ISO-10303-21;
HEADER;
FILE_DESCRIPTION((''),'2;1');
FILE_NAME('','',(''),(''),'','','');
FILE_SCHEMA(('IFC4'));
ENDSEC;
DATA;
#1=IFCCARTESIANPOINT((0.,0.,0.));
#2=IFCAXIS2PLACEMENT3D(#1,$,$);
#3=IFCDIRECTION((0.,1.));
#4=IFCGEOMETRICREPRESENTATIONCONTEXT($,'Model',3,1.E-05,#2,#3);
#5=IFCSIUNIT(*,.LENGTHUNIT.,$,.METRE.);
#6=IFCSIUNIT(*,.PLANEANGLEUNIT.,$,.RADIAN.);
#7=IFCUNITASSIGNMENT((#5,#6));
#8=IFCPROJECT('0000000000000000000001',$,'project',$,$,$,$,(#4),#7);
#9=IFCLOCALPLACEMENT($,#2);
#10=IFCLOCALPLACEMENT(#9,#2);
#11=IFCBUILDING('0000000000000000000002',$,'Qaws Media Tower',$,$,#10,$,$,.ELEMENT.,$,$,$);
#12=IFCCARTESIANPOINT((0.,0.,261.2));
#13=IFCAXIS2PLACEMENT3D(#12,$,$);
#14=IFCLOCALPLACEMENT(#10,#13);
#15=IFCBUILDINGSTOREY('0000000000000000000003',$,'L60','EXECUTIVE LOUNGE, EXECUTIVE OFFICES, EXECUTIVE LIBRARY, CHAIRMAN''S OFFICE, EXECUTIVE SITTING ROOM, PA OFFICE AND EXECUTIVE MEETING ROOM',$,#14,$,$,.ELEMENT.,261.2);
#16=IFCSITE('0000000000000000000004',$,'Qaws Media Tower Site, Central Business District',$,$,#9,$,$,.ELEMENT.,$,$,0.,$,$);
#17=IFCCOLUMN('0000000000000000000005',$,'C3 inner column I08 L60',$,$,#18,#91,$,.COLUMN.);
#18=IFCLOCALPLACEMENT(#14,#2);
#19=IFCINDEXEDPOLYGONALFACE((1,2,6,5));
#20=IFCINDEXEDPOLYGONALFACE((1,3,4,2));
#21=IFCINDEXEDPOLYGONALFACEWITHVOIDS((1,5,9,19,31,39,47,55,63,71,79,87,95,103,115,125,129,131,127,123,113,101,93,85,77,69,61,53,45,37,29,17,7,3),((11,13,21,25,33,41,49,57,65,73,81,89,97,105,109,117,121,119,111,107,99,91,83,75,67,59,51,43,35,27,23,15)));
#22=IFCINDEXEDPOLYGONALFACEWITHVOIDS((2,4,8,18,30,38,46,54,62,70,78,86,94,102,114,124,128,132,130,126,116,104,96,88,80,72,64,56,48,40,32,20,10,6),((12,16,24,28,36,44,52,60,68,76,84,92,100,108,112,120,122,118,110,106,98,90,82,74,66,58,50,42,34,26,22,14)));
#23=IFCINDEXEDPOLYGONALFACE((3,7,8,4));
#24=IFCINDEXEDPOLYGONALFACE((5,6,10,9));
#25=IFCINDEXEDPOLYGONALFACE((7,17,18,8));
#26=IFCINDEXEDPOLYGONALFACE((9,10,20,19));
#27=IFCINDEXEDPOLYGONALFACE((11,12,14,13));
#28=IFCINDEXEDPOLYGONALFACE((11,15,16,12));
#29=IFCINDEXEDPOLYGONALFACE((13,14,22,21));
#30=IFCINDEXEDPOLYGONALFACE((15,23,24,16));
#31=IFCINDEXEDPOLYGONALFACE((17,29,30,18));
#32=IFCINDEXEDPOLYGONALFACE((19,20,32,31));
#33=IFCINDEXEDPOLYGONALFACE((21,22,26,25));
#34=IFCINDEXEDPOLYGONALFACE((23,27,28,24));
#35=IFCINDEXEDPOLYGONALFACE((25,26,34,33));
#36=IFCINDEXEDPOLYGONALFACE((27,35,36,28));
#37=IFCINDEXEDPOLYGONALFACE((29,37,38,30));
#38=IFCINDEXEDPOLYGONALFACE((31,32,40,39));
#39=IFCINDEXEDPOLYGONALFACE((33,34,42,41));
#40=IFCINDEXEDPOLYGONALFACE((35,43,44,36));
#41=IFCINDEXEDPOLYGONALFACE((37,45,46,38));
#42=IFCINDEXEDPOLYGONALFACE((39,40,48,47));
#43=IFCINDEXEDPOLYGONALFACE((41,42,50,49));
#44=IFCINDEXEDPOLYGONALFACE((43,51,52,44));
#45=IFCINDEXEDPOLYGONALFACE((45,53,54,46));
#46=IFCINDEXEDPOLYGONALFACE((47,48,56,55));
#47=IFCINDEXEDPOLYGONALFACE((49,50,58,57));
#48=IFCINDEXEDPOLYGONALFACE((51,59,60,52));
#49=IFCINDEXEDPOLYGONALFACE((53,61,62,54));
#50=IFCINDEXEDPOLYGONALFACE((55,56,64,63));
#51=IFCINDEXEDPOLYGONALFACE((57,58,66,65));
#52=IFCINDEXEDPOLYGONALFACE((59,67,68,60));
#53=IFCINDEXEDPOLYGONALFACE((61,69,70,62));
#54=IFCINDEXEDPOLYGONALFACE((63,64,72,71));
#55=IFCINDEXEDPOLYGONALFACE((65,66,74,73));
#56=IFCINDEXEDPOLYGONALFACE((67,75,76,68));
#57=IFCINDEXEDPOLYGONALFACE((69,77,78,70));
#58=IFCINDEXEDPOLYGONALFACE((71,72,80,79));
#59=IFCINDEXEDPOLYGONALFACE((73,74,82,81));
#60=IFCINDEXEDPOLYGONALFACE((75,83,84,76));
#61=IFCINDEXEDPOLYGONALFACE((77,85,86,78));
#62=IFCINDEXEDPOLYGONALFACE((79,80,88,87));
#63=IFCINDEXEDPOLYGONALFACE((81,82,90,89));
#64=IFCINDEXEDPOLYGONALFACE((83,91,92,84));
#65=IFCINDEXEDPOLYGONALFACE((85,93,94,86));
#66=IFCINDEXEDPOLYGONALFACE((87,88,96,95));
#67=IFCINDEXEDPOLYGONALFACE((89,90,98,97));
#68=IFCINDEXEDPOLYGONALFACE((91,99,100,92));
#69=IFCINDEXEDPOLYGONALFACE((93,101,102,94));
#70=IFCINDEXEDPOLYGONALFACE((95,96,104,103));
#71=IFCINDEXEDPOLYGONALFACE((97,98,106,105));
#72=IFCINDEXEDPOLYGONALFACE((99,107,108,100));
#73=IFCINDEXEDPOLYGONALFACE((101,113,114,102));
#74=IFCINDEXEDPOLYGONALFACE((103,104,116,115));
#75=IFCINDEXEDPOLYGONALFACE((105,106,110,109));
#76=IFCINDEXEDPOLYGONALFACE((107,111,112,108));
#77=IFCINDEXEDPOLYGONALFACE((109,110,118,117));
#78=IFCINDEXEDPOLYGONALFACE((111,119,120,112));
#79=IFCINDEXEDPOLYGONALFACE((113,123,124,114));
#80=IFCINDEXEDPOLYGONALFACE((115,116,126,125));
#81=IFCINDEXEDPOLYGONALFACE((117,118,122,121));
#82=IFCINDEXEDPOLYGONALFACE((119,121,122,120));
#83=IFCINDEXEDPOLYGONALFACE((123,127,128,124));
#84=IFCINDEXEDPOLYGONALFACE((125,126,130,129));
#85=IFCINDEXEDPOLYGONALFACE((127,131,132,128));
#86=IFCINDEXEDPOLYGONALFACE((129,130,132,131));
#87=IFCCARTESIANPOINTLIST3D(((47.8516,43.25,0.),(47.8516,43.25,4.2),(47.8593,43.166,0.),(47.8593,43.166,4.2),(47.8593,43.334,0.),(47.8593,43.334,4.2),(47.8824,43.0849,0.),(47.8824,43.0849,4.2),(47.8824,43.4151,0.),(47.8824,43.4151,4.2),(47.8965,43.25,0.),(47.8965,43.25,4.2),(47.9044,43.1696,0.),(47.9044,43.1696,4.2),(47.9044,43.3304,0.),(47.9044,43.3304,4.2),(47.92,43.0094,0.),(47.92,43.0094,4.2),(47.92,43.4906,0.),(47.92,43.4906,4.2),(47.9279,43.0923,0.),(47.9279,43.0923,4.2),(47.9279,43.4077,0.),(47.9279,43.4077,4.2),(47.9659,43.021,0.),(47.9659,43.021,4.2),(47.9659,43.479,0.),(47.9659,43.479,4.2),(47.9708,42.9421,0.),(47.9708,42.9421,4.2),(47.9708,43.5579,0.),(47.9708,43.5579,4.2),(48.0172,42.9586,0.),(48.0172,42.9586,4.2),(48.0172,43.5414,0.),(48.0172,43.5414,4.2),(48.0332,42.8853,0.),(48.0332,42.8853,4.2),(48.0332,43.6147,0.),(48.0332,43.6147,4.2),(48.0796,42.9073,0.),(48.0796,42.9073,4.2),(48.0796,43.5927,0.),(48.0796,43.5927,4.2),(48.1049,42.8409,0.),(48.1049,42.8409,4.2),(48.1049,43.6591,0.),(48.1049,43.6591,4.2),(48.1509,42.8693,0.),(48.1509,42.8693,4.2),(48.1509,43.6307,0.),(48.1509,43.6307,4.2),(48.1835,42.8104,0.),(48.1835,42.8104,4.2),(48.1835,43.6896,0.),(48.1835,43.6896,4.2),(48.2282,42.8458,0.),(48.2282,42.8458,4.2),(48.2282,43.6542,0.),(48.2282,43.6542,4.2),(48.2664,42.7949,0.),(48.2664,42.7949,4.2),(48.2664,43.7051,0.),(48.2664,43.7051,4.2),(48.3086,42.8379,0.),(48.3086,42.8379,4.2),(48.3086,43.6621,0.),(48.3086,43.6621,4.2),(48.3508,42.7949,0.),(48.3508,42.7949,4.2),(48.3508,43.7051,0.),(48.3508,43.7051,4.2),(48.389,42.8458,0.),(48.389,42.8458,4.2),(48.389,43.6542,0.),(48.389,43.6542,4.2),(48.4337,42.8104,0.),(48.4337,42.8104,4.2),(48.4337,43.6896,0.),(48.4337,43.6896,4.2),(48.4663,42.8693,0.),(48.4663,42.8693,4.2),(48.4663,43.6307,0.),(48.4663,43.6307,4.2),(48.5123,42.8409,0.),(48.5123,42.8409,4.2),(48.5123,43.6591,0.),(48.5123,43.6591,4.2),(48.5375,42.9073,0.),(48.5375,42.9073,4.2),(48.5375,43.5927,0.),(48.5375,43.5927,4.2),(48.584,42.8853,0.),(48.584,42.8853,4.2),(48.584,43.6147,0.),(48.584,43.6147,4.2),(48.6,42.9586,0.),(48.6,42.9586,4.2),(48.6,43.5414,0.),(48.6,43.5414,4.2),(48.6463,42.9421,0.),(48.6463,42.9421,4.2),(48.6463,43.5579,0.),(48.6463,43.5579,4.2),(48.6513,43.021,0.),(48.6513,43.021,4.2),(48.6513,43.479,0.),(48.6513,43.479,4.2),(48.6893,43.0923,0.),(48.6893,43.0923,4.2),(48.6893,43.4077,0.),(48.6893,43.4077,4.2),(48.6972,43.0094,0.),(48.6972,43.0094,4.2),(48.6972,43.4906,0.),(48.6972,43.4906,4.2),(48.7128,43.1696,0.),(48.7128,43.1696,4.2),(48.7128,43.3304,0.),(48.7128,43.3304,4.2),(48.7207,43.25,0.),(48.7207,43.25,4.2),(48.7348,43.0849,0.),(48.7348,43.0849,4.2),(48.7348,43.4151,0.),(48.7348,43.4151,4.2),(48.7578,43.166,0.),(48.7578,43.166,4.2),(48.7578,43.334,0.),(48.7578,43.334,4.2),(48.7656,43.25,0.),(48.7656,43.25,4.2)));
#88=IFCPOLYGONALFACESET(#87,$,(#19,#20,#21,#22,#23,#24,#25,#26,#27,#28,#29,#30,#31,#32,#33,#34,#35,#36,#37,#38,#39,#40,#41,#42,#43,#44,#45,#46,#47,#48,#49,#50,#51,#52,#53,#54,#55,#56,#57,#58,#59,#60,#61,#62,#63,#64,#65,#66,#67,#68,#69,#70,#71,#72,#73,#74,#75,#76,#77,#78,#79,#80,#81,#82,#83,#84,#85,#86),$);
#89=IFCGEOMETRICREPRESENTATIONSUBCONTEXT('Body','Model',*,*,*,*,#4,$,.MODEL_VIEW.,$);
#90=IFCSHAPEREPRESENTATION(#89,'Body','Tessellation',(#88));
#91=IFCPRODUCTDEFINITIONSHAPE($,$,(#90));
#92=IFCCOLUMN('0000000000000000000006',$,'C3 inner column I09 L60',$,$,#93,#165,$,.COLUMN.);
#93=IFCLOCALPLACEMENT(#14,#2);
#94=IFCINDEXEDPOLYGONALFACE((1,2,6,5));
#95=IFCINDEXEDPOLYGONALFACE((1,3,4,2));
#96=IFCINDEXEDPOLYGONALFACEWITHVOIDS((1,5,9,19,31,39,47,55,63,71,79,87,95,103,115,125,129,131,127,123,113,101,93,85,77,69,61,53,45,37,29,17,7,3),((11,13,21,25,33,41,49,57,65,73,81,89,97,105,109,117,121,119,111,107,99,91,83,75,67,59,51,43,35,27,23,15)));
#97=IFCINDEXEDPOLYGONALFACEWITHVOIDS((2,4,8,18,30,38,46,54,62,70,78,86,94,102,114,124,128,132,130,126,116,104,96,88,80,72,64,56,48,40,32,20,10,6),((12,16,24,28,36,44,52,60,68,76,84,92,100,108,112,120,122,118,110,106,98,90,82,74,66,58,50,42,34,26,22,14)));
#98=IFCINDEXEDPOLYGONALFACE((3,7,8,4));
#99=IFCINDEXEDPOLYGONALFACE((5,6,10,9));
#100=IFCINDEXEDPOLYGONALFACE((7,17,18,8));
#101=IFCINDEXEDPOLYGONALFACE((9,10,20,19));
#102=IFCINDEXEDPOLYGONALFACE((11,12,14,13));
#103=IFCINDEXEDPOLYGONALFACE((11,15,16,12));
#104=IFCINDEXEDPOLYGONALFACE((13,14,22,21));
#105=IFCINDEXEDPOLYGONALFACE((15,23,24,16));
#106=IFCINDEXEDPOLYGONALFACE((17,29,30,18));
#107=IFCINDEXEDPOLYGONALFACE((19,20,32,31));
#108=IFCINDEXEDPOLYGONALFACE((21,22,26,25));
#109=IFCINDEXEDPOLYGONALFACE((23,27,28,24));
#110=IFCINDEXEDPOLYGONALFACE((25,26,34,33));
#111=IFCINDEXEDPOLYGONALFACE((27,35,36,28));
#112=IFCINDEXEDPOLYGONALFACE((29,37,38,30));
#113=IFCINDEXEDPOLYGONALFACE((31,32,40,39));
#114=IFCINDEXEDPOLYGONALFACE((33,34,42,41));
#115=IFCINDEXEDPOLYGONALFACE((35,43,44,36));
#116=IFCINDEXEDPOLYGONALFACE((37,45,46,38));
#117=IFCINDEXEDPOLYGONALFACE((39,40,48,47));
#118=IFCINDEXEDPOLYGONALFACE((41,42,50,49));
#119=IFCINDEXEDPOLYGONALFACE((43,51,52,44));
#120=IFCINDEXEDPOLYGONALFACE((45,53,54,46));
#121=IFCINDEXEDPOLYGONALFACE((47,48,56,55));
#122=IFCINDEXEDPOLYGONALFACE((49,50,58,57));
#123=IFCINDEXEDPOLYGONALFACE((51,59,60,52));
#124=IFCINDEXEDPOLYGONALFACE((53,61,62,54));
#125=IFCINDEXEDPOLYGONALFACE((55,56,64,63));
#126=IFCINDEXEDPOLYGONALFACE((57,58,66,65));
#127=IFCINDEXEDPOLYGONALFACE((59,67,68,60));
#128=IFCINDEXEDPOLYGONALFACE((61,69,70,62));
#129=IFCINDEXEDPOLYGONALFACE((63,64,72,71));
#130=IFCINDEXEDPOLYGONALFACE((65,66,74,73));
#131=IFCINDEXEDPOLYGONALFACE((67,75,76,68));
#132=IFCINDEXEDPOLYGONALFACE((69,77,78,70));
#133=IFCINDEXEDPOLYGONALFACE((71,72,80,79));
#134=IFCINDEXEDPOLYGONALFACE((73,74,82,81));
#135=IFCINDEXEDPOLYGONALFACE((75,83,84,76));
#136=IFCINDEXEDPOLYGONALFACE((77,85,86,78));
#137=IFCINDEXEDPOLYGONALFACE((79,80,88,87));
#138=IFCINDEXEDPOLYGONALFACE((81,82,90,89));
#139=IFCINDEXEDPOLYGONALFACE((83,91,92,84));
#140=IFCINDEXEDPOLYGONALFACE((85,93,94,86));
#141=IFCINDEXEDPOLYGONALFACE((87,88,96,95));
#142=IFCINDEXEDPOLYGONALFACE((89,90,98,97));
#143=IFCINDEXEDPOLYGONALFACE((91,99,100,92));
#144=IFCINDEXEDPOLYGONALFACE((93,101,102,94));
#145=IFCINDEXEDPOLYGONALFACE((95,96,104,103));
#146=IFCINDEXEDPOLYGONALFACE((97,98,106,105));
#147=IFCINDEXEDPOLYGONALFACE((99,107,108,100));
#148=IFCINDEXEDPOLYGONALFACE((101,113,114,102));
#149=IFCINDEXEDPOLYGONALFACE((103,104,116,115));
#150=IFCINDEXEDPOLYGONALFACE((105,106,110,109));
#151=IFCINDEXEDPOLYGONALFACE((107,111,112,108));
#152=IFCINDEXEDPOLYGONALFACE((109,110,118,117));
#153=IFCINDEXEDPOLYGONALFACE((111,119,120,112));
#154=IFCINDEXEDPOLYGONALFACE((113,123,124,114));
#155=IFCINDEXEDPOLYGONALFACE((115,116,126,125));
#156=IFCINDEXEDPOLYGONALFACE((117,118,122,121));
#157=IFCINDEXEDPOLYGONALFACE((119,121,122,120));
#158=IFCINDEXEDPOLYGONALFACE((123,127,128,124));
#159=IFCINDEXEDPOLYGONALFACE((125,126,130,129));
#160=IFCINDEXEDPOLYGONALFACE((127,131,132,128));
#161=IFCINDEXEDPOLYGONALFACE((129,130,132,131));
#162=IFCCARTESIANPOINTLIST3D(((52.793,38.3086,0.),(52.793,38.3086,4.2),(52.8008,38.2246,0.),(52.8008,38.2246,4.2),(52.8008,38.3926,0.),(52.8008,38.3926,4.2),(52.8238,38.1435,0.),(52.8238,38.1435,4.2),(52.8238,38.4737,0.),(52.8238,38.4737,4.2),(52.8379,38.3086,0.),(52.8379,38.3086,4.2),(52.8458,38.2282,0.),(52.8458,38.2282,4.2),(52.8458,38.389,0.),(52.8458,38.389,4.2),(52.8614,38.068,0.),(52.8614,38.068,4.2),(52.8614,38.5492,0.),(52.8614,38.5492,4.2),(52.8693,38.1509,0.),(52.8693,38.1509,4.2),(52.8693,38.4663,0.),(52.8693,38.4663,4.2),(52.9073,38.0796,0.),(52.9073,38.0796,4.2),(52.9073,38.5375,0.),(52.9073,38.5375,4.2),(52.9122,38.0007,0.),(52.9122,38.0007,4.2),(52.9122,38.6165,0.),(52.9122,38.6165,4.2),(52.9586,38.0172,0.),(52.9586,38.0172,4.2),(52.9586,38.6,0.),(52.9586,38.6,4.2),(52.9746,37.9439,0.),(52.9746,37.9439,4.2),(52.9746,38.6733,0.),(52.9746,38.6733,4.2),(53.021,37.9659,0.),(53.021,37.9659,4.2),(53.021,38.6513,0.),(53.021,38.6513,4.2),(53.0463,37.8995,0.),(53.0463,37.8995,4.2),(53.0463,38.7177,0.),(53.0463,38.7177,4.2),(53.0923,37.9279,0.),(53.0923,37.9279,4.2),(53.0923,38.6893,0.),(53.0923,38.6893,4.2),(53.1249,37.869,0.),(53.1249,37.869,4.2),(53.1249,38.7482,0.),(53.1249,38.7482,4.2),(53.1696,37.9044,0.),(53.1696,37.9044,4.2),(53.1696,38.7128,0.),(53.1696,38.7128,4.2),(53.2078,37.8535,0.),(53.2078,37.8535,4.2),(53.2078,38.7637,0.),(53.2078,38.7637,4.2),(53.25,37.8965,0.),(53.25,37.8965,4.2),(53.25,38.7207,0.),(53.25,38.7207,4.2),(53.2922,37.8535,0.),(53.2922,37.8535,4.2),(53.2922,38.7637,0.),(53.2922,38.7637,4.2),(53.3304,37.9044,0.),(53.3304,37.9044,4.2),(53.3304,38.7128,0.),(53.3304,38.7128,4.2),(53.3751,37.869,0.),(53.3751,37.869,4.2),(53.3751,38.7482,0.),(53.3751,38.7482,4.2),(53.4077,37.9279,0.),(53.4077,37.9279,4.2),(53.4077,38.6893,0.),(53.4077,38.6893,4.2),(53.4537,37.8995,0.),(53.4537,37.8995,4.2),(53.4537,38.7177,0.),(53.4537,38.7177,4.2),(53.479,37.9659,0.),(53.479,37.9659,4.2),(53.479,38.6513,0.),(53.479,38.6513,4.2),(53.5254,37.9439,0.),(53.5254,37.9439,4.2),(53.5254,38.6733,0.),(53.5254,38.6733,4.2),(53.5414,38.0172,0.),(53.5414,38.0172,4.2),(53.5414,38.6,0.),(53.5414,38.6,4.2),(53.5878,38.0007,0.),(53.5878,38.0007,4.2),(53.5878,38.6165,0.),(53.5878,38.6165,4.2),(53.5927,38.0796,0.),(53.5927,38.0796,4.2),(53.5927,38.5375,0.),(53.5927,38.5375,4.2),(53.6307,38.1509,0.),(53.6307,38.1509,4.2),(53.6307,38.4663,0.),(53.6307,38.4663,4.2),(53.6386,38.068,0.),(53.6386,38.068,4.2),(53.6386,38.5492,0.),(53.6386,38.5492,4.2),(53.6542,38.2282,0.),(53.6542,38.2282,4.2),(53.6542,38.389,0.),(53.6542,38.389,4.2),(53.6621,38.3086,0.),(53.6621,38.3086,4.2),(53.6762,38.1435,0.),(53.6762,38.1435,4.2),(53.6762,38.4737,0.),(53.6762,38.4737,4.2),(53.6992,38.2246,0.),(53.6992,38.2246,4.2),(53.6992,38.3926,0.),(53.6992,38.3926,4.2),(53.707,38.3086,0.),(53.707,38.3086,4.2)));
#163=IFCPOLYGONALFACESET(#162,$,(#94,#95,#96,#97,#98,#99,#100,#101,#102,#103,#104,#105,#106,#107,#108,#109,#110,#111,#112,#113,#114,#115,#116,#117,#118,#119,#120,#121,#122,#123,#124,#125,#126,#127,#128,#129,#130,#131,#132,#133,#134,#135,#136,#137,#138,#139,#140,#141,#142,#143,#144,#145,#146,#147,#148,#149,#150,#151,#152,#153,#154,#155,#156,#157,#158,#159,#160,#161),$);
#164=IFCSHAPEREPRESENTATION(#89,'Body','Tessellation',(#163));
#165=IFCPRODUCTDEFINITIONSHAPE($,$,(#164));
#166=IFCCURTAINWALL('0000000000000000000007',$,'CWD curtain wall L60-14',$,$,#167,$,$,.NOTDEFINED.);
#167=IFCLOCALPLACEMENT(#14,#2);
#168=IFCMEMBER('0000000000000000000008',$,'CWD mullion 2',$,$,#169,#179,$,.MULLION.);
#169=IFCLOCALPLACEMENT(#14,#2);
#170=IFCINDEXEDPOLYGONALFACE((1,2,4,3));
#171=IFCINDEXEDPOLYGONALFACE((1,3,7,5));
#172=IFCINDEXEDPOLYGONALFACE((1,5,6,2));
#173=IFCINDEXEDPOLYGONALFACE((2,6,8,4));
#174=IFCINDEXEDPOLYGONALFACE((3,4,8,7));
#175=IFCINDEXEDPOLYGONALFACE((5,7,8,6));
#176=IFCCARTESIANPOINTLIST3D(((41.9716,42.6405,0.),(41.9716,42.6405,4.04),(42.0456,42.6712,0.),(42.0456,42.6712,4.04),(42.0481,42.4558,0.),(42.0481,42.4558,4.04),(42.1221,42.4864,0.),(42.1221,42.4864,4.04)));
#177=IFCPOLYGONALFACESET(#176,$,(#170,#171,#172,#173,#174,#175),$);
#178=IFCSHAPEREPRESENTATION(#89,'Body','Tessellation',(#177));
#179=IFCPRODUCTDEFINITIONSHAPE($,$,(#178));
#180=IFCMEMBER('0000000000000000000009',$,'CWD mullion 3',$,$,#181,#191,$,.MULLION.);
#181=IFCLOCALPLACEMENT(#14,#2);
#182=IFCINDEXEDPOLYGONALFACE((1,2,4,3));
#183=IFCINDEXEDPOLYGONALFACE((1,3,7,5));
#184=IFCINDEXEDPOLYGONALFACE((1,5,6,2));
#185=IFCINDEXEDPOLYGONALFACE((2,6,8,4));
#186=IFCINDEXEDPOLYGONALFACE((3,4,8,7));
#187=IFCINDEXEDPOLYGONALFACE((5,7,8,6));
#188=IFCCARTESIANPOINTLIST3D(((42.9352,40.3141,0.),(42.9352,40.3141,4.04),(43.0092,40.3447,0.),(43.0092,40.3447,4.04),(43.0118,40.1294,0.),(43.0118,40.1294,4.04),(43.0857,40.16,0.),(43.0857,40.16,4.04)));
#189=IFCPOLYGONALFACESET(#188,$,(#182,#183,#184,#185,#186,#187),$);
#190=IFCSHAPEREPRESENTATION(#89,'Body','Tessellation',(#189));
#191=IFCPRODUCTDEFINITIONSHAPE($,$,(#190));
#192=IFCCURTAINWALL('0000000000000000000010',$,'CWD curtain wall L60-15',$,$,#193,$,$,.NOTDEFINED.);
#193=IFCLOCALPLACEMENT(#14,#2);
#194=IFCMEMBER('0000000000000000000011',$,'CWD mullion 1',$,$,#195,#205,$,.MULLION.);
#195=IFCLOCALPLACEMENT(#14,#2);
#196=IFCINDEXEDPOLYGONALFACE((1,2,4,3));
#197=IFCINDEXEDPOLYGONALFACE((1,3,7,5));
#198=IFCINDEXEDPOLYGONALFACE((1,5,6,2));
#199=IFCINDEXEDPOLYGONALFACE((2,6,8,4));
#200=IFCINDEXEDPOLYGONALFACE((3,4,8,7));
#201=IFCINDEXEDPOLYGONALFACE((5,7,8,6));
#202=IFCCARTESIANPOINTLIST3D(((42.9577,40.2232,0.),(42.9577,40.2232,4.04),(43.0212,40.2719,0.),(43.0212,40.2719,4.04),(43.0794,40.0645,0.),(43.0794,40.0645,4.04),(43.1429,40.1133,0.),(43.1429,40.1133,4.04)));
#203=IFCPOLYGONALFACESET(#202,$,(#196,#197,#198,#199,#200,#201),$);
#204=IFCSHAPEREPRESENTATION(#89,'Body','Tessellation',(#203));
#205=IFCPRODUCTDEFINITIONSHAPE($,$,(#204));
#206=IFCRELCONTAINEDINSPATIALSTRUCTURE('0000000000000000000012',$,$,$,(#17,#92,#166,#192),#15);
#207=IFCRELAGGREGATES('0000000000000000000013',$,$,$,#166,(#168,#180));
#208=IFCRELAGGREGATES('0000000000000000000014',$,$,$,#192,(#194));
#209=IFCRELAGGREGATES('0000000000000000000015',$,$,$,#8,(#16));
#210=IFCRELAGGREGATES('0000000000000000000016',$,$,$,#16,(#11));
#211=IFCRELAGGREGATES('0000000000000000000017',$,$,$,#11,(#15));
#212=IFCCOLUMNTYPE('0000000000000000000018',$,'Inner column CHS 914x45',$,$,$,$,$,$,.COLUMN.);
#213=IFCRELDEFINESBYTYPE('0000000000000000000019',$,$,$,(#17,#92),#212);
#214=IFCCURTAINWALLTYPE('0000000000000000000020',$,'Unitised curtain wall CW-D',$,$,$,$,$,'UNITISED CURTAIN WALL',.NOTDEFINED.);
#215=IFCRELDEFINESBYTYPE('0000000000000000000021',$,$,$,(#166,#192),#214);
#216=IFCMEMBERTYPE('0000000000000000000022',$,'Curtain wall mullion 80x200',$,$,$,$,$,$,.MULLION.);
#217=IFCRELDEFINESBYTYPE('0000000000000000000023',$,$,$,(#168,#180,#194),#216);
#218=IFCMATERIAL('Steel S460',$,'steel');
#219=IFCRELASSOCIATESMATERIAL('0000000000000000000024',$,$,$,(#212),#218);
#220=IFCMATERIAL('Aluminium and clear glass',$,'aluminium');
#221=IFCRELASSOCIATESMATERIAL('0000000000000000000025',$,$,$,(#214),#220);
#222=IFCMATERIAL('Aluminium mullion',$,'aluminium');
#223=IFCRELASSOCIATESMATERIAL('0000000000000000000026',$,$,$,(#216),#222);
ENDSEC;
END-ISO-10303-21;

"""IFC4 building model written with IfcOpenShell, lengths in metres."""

from ifc_helpers import new_model, si_unit, direction, frame, origin, origin_2d, place, context, subcontext, project, spatial, rectangle, hollow_circle, extrude, material, material_profile, profile_set, type_object, element, aggregate, save


model = new_model("IFC4")

# Units and contexts
model_context = context("Model", 3, precision=1e-05, world=origin(), true_north=direction((0.0, 1.0)))
body_context = subcontext(model_context, "Body", "Model", "MODEL_VIEW")
ifc_project = project(units=[si_unit("LENGTHUNIT", "METRE"), si_unit("PLANEANGLEUNIT", "RADIAN")], contexts=[model_context])

# Site, building, storey
site_placement = place(None, origin())
site = spatial("IfcSite", under=ifc_project, at=site_placement, Name="Qaws Media Tower Site, Central Business District", CompositionType="ELEMENT", RefElevation=0.0)
building_placement = place(site_placement, origin())
building = spatial("IfcBuilding", under=site, at=building_placement, Name="Qaws Media Tower", CompositionType="ELEMENT")
storey_placement = place(building_placement, frame((0.0, 0.0, 261.2)))
storey = spatial("IfcBuildingStorey", under=building, at=storey_placement, Name="L60", Description="EXECUTIVE LOUNGE, EXECUTIVE OFFICES, EXECUTIVE LIBRARY, CHAIRMAN'S OFFICE, EXECUTIVE SITTING ROOM, PA OFFICE AND EXECUTIVE MEETING ROOM", CompositionType="ELEMENT", Elevation=261.2)

# Columns
ifc_material_1 = material(Name="Steel S460", Category="steel")
ifc_material_profile_1 = material_profile(ifc_material_1, hollow_circle(Radius=0.457, WallThickness=0.0449, at=origin_2d()), Name="CHS 914x45")
ifc_profile_set_1 = profile_set([ifc_material_profile_1], Name="Steel S460")
column_type = type_object("IfcColumnType", Name="Inner column CHS 914x45", PredefinedType="COLUMN", material=ifc_profile_set_1)
for number, where, z_axis, x_axis, name in (
    (1, (48.3086, 43.25, 0.0), (0.0, 0.0, 1.0), (1.0, 0.0, 0.0), "C3 inner column I08 L60"),
    (2, (53.25, 38.3086, 0.0), (0.0, 0.0, 1.0), (1.0, 0.0, 0.0), "C3 inner column I09 L60"),
):
    element("IfcColumn", number, at=place(storey_placement, frame(where, z_axis=z_axis, x_axis=x_axis)), inside=storey, type_object=column_type, Name=name, PredefinedType="COLUMN", context=body_context, shape_type="SweptSolid", body=[
        extrude(hollow_circle(Radius=0.457, WallThickness=0.0449, at=origin_2d()), origin(), (0.0, 0.0, 1.0), 4.2),
    ])

# Curtain walls, members
ifc_material_2 = material(Name="Aluminium and clear glass", Category="aluminium")
curtain_wall_type = type_object("IfcCurtainWallType", Name="Unitised curtain wall CW-D", ElementType="UNITISED CURTAIN WALL", PredefinedType="NOTDEFINED", material=ifc_material_2)
curtain_wall_1_placement = place(storey_placement, origin())
curtain_wall_1 = element("IfcCurtainWall", 3, at=curtain_wall_1_placement, inside=storey, type_object=curtain_wall_type, Name="CWD curtain wall L60-14", PredefinedType="NOTDEFINED")
ifc_material_3 = material(Name="Aluminium mullion", Category="aluminium")
ifc_material_profile_2 = material_profile(ifc_material_3, rectangle(XDim=0.0801, YDim=0.2, at=origin_2d()), Name="80x200")
ifc_profile_set_2 = profile_set([ifc_material_profile_2], Name="Aluminium mullion")
member_type_1 = type_object("IfcMemberType", Name="Curtain wall mullion 80x200", PredefinedType="MULLION", material=ifc_profile_set_2)
member_1_placement = place(storey_placement, frame((42.0469, 42.5635, 0.0), z_axis=(0.0, 0.0, 1.0), x_axis=(0.92388, 0.382683, 0.0)))
member_1 = element("IfcMember", 4, at=member_1_placement, type_object=member_type_1, Name="CWD mullion 2", PredefinedType="MULLION", context=body_context, shape_type="SweptSolid", body=[
    extrude(rectangle(XDim=0.0801, YDim=0.2, at=origin_2d()), origin(), (0.0, 0.0, 1.0), 4.04),
])
member_2_placement = place(storey_placement, frame((43.0105, 40.2371, 0.0), z_axis=(0.0, 0.0, 1.0), x_axis=(0.92388, 0.382683, 0.0)))
member_2 = element("IfcMember", 5, at=member_2_placement, type_object=member_type_1, Name="CWD mullion 3", PredefinedType="MULLION", context=body_context, shape_type="SweptSolid", body=[
    extrude(rectangle(XDim=0.0801, YDim=0.2, at=origin_2d()), origin(), (0.0, 0.0, 1.0), 4.04),
])
curtain_wall_2_placement = place(storey_placement, origin())
curtain_wall_2 = element("IfcCurtainWall", 6, at=curtain_wall_2_placement, inside=storey, type_object=curtain_wall_type, Name="CWD curtain wall L60-15", PredefinedType="NOTDEFINED")
member_3_placement = place(storey_placement, frame((43.0503, 40.1682, 0.0), z_axis=(0.0, 0.0, 1.0), x_axis=(0.793353, 0.608761, 0.0)))
member_3 = element("IfcMember", 7, at=member_3_placement, type_object=member_type_1, Name="CWD mullion 1", PredefinedType="MULLION", context=body_context, shape_type="SweptSolid", body=[
    extrude(rectangle(XDim=0.0801, YDim=0.2, at=origin_2d()), origin(), (0.0, 0.0, 1.0), 4.04),
])

aggregate(curtain_wall_1, [member_1, member_2])
aggregate(curtain_wall_2, [member_3])

save(model, "model.ifc")
